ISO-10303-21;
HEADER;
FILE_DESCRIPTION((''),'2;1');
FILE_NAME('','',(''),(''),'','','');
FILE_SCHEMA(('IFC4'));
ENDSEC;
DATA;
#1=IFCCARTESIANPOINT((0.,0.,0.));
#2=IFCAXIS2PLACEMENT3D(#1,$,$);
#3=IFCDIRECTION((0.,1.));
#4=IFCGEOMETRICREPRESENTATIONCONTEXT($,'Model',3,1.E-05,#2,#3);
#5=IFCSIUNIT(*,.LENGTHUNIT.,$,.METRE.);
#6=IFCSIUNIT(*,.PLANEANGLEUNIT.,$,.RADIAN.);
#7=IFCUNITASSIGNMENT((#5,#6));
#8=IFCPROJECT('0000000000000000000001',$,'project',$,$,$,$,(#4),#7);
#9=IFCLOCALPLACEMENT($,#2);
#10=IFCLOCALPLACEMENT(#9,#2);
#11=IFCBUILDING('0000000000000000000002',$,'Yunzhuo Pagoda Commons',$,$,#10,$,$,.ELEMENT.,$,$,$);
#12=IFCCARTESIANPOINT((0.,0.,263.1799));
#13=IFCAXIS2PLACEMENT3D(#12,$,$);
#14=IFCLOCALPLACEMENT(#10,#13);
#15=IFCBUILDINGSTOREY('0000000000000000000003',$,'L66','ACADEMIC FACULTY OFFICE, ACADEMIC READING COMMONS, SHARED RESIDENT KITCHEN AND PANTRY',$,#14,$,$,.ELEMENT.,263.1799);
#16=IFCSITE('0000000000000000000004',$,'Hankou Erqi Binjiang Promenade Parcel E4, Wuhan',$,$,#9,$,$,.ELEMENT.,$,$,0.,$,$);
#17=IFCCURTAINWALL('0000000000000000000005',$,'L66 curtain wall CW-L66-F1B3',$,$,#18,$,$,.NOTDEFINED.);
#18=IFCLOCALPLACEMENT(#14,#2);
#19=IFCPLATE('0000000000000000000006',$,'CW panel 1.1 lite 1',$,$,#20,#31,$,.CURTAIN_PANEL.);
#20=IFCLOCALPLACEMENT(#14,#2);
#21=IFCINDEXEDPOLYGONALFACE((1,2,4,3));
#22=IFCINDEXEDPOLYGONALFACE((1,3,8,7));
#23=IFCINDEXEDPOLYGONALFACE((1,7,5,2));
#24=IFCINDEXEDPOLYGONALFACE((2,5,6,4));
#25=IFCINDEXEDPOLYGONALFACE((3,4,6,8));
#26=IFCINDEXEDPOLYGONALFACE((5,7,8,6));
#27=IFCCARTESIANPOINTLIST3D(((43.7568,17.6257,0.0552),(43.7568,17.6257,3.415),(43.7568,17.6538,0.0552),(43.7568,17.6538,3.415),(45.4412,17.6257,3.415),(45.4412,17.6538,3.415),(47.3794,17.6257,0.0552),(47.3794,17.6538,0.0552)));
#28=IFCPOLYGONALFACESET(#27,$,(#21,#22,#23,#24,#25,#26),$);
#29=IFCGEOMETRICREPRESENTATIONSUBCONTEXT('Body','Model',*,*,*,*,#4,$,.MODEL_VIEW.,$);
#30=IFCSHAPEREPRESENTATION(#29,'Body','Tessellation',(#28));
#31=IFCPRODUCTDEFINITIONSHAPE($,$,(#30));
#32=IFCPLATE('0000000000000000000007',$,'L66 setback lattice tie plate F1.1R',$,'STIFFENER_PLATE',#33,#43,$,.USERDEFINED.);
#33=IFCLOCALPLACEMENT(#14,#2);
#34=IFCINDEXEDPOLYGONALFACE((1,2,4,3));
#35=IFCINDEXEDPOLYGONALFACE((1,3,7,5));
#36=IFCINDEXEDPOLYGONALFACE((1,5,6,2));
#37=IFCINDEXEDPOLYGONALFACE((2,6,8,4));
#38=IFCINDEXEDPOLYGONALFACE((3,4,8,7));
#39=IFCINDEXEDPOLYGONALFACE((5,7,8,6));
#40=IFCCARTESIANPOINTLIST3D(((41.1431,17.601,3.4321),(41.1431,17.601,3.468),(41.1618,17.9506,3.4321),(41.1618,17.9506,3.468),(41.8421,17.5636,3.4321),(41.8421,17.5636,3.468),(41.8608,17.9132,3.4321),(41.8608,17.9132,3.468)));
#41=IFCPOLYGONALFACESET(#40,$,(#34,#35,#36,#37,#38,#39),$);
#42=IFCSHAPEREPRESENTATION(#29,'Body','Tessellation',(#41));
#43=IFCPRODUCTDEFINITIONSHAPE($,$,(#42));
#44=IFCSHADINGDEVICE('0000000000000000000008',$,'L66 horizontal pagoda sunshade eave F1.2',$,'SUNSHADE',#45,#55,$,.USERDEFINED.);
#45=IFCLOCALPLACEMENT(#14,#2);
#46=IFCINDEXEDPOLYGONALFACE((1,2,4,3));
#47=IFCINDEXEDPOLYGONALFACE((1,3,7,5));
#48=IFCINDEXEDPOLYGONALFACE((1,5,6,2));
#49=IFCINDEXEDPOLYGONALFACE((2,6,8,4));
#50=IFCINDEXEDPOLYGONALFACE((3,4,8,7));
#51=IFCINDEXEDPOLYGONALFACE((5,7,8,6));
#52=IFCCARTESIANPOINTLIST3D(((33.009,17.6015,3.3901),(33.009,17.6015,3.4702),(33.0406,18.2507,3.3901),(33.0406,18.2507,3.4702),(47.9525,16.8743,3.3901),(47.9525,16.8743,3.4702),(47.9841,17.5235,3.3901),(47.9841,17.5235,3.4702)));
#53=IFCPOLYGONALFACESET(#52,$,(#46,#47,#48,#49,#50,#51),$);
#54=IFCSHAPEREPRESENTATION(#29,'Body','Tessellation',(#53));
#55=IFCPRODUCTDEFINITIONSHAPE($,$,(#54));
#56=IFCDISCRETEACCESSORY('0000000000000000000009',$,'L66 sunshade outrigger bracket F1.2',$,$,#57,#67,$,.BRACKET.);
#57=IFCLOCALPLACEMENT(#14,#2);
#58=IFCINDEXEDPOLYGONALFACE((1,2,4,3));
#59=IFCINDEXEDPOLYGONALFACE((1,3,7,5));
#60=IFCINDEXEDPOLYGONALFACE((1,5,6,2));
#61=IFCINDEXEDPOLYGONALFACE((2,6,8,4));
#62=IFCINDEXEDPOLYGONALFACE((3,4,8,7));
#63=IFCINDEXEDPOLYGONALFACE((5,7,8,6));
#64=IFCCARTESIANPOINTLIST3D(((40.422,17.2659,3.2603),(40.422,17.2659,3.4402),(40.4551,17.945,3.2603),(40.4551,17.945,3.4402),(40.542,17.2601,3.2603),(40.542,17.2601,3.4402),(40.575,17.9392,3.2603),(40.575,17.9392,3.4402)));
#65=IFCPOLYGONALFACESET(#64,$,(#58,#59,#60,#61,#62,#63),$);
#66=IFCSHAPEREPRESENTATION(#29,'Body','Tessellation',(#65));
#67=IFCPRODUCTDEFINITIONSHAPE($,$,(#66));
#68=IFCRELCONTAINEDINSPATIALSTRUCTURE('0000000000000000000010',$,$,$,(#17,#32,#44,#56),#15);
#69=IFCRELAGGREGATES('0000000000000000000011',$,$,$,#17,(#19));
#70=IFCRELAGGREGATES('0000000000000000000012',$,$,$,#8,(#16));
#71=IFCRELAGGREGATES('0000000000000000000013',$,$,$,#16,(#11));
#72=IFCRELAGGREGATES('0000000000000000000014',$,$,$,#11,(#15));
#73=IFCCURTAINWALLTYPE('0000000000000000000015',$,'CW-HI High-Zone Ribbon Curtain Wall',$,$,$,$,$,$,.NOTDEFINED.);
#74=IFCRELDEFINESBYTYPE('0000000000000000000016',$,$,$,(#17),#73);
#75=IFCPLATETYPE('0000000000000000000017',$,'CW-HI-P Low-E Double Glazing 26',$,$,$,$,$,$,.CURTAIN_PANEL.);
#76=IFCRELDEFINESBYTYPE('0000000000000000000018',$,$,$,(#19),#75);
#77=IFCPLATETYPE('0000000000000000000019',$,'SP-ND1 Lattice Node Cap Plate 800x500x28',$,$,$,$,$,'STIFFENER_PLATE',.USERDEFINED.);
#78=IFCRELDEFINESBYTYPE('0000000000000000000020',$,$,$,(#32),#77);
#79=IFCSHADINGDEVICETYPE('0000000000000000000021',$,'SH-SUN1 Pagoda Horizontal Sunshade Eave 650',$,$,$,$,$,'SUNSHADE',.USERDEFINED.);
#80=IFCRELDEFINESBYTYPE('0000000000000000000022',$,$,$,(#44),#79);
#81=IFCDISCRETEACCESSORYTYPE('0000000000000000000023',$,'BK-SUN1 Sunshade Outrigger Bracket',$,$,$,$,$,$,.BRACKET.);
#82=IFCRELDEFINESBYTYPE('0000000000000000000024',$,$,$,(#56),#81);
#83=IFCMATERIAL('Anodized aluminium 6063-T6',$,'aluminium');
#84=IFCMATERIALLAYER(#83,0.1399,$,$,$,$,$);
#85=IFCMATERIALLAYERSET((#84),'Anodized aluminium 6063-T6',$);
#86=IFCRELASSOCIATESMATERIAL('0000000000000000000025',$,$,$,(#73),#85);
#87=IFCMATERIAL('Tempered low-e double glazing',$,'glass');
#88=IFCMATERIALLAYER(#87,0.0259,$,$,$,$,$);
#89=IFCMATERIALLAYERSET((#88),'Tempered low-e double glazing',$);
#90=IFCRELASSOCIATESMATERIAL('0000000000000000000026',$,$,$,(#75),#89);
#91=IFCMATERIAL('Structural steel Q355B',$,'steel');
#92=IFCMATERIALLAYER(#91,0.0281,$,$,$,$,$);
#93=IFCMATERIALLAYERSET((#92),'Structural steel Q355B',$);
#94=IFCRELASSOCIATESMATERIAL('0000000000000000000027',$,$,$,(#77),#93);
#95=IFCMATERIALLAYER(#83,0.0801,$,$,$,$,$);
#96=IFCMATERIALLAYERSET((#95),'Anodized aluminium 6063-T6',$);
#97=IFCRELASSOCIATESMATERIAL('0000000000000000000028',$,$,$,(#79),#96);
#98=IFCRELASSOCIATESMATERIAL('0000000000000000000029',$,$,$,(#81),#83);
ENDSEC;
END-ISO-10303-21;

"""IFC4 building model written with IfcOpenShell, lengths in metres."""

from ifc_helpers import new_model, si_unit, direction, frame, origin, origin_2d, place, context, subcontext, project, spatial, polyline, rectangle, outline, extrude, source, transform, mapped, material, layer, layer_set, type_object, element, aggregate, save


model = new_model("IFC4")

# Units and contexts
model_context = context("Model", 3, precision=1e-05, world=origin(), true_north=direction((0.0, 1.0)))
body_context = subcontext(model_context, "Body", "Model", "MODEL_VIEW")
ifc_project = project(units=[si_unit("LENGTHUNIT", "METRE"), si_unit("PLANEANGLEUNIT", "RADIAN")], contexts=[model_context])

# Site, building, storey
site_placement = place(None, origin())
site = spatial("IfcSite", under=ifc_project, at=site_placement, Name="Hankou Erqi Binjiang Promenade Parcel E4, Wuhan", CompositionType="ELEMENT", RefElevation=0.0)
building_placement = place(site_placement, origin())
building = spatial("IfcBuilding", under=site, at=building_placement, Name="Yunzhuo Pagoda Commons", CompositionType="ELEMENT")
storey_placement = place(building_placement, frame((0.0, 0.0, 263.1799)))
storey = spatial("IfcBuildingStorey", under=building, at=storey_placement, Name="L66", Description="ACADEMIC FACULTY OFFICE, ACADEMIC READING COMMONS, SHARED RESIDENT KITCHEN AND PANTRY", CompositionType="ELEMENT", Elevation=263.1799)

# Shared definitions
ifc_material_1 = material(Name="Structural steel Q355B", Category="steel")

# Shared definitions
ifc_material_2 = material(Name="Anodized aluminium 6063-T6", Category="aluminium")
ifc_layer_1 = layer(ifc_material_2, 0.1399)
ifc_layer_set_1 = layer_set([ifc_layer_1], Name="Anodized aluminium 6063-T6")
curtain_wall_type = type_object("IfcCurtainWallType", Name="CW-HI High-Zone Ribbon Curtain Wall", PredefinedType="NOTDEFINED", material=ifc_layer_set_1)

# Curtain wall
curtain_wall_1_placement = place(storey_placement, origin())
curtain_wall_1 = element("IfcCurtainWall", 1, at=curtain_wall_1_placement, inside=storey, type_object=curtain_wall_type, Name="L66 curtain wall CW-L66-F1B3", PredefinedType="NOTDEFINED")

# Plates
ifc_material_3 = material(Name="Tempered low-e double glazing", Category="glass")
ifc_layer_2 = layer(ifc_material_3, 0.0259)
ifc_layer_set_2 = layer_set([ifc_layer_2], Name="Tempered low-e double glazing")
plate_type_1 = type_object("IfcPlateType", Name="CW-HI-P Low-E Double Glazing 26", PredefinedType="CURTAIN_PANEL", material=ifc_layer_set_2)
plate_1_placement = place(storey_placement, frame((45.5681, 17.6538, 1.7351), z_axis=(0.0, -1.0, 0.0), x_axis=(1.0, 0.0, 0.0)))
plate_1 = element("IfcPlate", 2, at=plate_1_placement, type_object=plate_type_1, Name="CW panel 1.1 lite 1", PredefinedType="CURTAIN_PANEL", context=body_context, shape_type="SweptSolid", body=[
    extrude(outline(polyline([(-1.8113, -1.6799), (1.8113, -1.6799), (-0.127, 1.6799), (-1.8113, 1.6799), (-1.8113, -1.6799)])), origin(), (0.0, 0.0, 1.0), 0.0281),
])
aggregate(curtain_wall_1, [plate_1])
ifc_layer_3 = layer(ifc_material_1, 0.0281)
ifc_layer_set_3 = layer_set([ifc_layer_3], Name="Structural steel Q355B")
plate_type_2 = type_object("IfcPlateType", Name="SP-ND1 Lattice Node Cap Plate 800x500x28", ElementType="STIFFENER_PLATE", PredefinedType="USERDEFINED", material=ifc_layer_set_3)
shared_shape_1 = source(origin(), body_context, "Body", "SweptSolid", [
    extrude(rectangle(XDim=0.7, YDim=0.3501, at=origin_2d()), origin(), (0.0, 0.0, 1.0), 0.0359),
])
plate_2_placement = place(storey_placement, frame((41.502, 17.7571, 3.4321), z_axis=(0.0, 0.0, 1.0), x_axis=(0.998571, -0.053434, 0.0)))
element("IfcPlate", 3, at=plate_2_placement, inside=storey, type_object=plate_type_2, Name="L66 setback lattice tie plate F1.1R", ObjectType="STIFFENER_PLATE", PredefinedType="USERDEFINED", context=body_context, shape_type="MappedRepresentation", body=[
    mapped(shared_shape_1, transform((0.0, 0.0, 0.0), scale=1.0)),
])

# Shading device
ifc_layer_4 = layer(ifc_material_2, 0.0801)
ifc_layer_set_4 = layer_set([ifc_layer_4], Name="Anodized aluminium 6063-T6")
shading_device_type = type_object("IfcShadingDeviceType", Name="SH-SUN1 Pagoda Horizontal Sunshade Eave 650", ElementType="SUNSHADE", PredefinedType="USERDEFINED", material=ifc_layer_set_4)
shared_shape_2 = source(origin(), body_context, "Body", "SweptSolid", [
    extrude(rectangle(XDim=14.9612, YDim=0.6499, at=origin_2d()), origin(), (0.0, 0.0, 1.0), 0.0801),
])
shading_device_placement = place(storey_placement, frame((40.4966, 17.5625, 3.3901), z_axis=(0.0, 0.0, 1.0), x_axis=(0.998818, -0.048606, 0.0)))
element("IfcShadingDevice", 4, at=shading_device_placement, inside=storey, type_object=shading_device_type, Name="L66 horizontal pagoda sunshade eave F1.2", ObjectType="SUNSHADE", PredefinedType="USERDEFINED", context=body_context, shape_type="MappedRepresentation", body=[
    mapped(shared_shape_2, transform((0.0, 0.0, 0.0), scale=1.0)),
])

# Discrete accessory
discrete_accessory_type = type_object("IfcDiscreteAccessoryType", Name="BK-SUN1 Sunshade Outrigger Bracket", PredefinedType="BRACKET", material=ifc_material_2)
shared_shape_3 = source(origin(), body_context, "Body", "SweptSolid", [
    extrude(rectangle(XDim=0.1201, YDim=0.6799, at=origin_2d()), origin(), (0.0, 0.0, 1.0), 0.1799),
])
discrete_accessory_placement = place(storey_placement, frame((40.4985, 17.6025, 3.2603), z_axis=(0.0, 0.0, 1.0), x_axis=(0.998818, -0.048606, 0.0)))
element("IfcDiscreteAccessory", 5, at=discrete_accessory_placement, inside=storey, type_object=discrete_accessory_type, Name="L66 sunshade outrigger bracket F1.2", PredefinedType="BRACKET", context=body_context, shape_type="MappedRepresentation", body=[
    mapped(shared_shape_3, transform((0.0, 0.0, 0.0), scale=1.0)),
])

save(model, "model.ifc")
